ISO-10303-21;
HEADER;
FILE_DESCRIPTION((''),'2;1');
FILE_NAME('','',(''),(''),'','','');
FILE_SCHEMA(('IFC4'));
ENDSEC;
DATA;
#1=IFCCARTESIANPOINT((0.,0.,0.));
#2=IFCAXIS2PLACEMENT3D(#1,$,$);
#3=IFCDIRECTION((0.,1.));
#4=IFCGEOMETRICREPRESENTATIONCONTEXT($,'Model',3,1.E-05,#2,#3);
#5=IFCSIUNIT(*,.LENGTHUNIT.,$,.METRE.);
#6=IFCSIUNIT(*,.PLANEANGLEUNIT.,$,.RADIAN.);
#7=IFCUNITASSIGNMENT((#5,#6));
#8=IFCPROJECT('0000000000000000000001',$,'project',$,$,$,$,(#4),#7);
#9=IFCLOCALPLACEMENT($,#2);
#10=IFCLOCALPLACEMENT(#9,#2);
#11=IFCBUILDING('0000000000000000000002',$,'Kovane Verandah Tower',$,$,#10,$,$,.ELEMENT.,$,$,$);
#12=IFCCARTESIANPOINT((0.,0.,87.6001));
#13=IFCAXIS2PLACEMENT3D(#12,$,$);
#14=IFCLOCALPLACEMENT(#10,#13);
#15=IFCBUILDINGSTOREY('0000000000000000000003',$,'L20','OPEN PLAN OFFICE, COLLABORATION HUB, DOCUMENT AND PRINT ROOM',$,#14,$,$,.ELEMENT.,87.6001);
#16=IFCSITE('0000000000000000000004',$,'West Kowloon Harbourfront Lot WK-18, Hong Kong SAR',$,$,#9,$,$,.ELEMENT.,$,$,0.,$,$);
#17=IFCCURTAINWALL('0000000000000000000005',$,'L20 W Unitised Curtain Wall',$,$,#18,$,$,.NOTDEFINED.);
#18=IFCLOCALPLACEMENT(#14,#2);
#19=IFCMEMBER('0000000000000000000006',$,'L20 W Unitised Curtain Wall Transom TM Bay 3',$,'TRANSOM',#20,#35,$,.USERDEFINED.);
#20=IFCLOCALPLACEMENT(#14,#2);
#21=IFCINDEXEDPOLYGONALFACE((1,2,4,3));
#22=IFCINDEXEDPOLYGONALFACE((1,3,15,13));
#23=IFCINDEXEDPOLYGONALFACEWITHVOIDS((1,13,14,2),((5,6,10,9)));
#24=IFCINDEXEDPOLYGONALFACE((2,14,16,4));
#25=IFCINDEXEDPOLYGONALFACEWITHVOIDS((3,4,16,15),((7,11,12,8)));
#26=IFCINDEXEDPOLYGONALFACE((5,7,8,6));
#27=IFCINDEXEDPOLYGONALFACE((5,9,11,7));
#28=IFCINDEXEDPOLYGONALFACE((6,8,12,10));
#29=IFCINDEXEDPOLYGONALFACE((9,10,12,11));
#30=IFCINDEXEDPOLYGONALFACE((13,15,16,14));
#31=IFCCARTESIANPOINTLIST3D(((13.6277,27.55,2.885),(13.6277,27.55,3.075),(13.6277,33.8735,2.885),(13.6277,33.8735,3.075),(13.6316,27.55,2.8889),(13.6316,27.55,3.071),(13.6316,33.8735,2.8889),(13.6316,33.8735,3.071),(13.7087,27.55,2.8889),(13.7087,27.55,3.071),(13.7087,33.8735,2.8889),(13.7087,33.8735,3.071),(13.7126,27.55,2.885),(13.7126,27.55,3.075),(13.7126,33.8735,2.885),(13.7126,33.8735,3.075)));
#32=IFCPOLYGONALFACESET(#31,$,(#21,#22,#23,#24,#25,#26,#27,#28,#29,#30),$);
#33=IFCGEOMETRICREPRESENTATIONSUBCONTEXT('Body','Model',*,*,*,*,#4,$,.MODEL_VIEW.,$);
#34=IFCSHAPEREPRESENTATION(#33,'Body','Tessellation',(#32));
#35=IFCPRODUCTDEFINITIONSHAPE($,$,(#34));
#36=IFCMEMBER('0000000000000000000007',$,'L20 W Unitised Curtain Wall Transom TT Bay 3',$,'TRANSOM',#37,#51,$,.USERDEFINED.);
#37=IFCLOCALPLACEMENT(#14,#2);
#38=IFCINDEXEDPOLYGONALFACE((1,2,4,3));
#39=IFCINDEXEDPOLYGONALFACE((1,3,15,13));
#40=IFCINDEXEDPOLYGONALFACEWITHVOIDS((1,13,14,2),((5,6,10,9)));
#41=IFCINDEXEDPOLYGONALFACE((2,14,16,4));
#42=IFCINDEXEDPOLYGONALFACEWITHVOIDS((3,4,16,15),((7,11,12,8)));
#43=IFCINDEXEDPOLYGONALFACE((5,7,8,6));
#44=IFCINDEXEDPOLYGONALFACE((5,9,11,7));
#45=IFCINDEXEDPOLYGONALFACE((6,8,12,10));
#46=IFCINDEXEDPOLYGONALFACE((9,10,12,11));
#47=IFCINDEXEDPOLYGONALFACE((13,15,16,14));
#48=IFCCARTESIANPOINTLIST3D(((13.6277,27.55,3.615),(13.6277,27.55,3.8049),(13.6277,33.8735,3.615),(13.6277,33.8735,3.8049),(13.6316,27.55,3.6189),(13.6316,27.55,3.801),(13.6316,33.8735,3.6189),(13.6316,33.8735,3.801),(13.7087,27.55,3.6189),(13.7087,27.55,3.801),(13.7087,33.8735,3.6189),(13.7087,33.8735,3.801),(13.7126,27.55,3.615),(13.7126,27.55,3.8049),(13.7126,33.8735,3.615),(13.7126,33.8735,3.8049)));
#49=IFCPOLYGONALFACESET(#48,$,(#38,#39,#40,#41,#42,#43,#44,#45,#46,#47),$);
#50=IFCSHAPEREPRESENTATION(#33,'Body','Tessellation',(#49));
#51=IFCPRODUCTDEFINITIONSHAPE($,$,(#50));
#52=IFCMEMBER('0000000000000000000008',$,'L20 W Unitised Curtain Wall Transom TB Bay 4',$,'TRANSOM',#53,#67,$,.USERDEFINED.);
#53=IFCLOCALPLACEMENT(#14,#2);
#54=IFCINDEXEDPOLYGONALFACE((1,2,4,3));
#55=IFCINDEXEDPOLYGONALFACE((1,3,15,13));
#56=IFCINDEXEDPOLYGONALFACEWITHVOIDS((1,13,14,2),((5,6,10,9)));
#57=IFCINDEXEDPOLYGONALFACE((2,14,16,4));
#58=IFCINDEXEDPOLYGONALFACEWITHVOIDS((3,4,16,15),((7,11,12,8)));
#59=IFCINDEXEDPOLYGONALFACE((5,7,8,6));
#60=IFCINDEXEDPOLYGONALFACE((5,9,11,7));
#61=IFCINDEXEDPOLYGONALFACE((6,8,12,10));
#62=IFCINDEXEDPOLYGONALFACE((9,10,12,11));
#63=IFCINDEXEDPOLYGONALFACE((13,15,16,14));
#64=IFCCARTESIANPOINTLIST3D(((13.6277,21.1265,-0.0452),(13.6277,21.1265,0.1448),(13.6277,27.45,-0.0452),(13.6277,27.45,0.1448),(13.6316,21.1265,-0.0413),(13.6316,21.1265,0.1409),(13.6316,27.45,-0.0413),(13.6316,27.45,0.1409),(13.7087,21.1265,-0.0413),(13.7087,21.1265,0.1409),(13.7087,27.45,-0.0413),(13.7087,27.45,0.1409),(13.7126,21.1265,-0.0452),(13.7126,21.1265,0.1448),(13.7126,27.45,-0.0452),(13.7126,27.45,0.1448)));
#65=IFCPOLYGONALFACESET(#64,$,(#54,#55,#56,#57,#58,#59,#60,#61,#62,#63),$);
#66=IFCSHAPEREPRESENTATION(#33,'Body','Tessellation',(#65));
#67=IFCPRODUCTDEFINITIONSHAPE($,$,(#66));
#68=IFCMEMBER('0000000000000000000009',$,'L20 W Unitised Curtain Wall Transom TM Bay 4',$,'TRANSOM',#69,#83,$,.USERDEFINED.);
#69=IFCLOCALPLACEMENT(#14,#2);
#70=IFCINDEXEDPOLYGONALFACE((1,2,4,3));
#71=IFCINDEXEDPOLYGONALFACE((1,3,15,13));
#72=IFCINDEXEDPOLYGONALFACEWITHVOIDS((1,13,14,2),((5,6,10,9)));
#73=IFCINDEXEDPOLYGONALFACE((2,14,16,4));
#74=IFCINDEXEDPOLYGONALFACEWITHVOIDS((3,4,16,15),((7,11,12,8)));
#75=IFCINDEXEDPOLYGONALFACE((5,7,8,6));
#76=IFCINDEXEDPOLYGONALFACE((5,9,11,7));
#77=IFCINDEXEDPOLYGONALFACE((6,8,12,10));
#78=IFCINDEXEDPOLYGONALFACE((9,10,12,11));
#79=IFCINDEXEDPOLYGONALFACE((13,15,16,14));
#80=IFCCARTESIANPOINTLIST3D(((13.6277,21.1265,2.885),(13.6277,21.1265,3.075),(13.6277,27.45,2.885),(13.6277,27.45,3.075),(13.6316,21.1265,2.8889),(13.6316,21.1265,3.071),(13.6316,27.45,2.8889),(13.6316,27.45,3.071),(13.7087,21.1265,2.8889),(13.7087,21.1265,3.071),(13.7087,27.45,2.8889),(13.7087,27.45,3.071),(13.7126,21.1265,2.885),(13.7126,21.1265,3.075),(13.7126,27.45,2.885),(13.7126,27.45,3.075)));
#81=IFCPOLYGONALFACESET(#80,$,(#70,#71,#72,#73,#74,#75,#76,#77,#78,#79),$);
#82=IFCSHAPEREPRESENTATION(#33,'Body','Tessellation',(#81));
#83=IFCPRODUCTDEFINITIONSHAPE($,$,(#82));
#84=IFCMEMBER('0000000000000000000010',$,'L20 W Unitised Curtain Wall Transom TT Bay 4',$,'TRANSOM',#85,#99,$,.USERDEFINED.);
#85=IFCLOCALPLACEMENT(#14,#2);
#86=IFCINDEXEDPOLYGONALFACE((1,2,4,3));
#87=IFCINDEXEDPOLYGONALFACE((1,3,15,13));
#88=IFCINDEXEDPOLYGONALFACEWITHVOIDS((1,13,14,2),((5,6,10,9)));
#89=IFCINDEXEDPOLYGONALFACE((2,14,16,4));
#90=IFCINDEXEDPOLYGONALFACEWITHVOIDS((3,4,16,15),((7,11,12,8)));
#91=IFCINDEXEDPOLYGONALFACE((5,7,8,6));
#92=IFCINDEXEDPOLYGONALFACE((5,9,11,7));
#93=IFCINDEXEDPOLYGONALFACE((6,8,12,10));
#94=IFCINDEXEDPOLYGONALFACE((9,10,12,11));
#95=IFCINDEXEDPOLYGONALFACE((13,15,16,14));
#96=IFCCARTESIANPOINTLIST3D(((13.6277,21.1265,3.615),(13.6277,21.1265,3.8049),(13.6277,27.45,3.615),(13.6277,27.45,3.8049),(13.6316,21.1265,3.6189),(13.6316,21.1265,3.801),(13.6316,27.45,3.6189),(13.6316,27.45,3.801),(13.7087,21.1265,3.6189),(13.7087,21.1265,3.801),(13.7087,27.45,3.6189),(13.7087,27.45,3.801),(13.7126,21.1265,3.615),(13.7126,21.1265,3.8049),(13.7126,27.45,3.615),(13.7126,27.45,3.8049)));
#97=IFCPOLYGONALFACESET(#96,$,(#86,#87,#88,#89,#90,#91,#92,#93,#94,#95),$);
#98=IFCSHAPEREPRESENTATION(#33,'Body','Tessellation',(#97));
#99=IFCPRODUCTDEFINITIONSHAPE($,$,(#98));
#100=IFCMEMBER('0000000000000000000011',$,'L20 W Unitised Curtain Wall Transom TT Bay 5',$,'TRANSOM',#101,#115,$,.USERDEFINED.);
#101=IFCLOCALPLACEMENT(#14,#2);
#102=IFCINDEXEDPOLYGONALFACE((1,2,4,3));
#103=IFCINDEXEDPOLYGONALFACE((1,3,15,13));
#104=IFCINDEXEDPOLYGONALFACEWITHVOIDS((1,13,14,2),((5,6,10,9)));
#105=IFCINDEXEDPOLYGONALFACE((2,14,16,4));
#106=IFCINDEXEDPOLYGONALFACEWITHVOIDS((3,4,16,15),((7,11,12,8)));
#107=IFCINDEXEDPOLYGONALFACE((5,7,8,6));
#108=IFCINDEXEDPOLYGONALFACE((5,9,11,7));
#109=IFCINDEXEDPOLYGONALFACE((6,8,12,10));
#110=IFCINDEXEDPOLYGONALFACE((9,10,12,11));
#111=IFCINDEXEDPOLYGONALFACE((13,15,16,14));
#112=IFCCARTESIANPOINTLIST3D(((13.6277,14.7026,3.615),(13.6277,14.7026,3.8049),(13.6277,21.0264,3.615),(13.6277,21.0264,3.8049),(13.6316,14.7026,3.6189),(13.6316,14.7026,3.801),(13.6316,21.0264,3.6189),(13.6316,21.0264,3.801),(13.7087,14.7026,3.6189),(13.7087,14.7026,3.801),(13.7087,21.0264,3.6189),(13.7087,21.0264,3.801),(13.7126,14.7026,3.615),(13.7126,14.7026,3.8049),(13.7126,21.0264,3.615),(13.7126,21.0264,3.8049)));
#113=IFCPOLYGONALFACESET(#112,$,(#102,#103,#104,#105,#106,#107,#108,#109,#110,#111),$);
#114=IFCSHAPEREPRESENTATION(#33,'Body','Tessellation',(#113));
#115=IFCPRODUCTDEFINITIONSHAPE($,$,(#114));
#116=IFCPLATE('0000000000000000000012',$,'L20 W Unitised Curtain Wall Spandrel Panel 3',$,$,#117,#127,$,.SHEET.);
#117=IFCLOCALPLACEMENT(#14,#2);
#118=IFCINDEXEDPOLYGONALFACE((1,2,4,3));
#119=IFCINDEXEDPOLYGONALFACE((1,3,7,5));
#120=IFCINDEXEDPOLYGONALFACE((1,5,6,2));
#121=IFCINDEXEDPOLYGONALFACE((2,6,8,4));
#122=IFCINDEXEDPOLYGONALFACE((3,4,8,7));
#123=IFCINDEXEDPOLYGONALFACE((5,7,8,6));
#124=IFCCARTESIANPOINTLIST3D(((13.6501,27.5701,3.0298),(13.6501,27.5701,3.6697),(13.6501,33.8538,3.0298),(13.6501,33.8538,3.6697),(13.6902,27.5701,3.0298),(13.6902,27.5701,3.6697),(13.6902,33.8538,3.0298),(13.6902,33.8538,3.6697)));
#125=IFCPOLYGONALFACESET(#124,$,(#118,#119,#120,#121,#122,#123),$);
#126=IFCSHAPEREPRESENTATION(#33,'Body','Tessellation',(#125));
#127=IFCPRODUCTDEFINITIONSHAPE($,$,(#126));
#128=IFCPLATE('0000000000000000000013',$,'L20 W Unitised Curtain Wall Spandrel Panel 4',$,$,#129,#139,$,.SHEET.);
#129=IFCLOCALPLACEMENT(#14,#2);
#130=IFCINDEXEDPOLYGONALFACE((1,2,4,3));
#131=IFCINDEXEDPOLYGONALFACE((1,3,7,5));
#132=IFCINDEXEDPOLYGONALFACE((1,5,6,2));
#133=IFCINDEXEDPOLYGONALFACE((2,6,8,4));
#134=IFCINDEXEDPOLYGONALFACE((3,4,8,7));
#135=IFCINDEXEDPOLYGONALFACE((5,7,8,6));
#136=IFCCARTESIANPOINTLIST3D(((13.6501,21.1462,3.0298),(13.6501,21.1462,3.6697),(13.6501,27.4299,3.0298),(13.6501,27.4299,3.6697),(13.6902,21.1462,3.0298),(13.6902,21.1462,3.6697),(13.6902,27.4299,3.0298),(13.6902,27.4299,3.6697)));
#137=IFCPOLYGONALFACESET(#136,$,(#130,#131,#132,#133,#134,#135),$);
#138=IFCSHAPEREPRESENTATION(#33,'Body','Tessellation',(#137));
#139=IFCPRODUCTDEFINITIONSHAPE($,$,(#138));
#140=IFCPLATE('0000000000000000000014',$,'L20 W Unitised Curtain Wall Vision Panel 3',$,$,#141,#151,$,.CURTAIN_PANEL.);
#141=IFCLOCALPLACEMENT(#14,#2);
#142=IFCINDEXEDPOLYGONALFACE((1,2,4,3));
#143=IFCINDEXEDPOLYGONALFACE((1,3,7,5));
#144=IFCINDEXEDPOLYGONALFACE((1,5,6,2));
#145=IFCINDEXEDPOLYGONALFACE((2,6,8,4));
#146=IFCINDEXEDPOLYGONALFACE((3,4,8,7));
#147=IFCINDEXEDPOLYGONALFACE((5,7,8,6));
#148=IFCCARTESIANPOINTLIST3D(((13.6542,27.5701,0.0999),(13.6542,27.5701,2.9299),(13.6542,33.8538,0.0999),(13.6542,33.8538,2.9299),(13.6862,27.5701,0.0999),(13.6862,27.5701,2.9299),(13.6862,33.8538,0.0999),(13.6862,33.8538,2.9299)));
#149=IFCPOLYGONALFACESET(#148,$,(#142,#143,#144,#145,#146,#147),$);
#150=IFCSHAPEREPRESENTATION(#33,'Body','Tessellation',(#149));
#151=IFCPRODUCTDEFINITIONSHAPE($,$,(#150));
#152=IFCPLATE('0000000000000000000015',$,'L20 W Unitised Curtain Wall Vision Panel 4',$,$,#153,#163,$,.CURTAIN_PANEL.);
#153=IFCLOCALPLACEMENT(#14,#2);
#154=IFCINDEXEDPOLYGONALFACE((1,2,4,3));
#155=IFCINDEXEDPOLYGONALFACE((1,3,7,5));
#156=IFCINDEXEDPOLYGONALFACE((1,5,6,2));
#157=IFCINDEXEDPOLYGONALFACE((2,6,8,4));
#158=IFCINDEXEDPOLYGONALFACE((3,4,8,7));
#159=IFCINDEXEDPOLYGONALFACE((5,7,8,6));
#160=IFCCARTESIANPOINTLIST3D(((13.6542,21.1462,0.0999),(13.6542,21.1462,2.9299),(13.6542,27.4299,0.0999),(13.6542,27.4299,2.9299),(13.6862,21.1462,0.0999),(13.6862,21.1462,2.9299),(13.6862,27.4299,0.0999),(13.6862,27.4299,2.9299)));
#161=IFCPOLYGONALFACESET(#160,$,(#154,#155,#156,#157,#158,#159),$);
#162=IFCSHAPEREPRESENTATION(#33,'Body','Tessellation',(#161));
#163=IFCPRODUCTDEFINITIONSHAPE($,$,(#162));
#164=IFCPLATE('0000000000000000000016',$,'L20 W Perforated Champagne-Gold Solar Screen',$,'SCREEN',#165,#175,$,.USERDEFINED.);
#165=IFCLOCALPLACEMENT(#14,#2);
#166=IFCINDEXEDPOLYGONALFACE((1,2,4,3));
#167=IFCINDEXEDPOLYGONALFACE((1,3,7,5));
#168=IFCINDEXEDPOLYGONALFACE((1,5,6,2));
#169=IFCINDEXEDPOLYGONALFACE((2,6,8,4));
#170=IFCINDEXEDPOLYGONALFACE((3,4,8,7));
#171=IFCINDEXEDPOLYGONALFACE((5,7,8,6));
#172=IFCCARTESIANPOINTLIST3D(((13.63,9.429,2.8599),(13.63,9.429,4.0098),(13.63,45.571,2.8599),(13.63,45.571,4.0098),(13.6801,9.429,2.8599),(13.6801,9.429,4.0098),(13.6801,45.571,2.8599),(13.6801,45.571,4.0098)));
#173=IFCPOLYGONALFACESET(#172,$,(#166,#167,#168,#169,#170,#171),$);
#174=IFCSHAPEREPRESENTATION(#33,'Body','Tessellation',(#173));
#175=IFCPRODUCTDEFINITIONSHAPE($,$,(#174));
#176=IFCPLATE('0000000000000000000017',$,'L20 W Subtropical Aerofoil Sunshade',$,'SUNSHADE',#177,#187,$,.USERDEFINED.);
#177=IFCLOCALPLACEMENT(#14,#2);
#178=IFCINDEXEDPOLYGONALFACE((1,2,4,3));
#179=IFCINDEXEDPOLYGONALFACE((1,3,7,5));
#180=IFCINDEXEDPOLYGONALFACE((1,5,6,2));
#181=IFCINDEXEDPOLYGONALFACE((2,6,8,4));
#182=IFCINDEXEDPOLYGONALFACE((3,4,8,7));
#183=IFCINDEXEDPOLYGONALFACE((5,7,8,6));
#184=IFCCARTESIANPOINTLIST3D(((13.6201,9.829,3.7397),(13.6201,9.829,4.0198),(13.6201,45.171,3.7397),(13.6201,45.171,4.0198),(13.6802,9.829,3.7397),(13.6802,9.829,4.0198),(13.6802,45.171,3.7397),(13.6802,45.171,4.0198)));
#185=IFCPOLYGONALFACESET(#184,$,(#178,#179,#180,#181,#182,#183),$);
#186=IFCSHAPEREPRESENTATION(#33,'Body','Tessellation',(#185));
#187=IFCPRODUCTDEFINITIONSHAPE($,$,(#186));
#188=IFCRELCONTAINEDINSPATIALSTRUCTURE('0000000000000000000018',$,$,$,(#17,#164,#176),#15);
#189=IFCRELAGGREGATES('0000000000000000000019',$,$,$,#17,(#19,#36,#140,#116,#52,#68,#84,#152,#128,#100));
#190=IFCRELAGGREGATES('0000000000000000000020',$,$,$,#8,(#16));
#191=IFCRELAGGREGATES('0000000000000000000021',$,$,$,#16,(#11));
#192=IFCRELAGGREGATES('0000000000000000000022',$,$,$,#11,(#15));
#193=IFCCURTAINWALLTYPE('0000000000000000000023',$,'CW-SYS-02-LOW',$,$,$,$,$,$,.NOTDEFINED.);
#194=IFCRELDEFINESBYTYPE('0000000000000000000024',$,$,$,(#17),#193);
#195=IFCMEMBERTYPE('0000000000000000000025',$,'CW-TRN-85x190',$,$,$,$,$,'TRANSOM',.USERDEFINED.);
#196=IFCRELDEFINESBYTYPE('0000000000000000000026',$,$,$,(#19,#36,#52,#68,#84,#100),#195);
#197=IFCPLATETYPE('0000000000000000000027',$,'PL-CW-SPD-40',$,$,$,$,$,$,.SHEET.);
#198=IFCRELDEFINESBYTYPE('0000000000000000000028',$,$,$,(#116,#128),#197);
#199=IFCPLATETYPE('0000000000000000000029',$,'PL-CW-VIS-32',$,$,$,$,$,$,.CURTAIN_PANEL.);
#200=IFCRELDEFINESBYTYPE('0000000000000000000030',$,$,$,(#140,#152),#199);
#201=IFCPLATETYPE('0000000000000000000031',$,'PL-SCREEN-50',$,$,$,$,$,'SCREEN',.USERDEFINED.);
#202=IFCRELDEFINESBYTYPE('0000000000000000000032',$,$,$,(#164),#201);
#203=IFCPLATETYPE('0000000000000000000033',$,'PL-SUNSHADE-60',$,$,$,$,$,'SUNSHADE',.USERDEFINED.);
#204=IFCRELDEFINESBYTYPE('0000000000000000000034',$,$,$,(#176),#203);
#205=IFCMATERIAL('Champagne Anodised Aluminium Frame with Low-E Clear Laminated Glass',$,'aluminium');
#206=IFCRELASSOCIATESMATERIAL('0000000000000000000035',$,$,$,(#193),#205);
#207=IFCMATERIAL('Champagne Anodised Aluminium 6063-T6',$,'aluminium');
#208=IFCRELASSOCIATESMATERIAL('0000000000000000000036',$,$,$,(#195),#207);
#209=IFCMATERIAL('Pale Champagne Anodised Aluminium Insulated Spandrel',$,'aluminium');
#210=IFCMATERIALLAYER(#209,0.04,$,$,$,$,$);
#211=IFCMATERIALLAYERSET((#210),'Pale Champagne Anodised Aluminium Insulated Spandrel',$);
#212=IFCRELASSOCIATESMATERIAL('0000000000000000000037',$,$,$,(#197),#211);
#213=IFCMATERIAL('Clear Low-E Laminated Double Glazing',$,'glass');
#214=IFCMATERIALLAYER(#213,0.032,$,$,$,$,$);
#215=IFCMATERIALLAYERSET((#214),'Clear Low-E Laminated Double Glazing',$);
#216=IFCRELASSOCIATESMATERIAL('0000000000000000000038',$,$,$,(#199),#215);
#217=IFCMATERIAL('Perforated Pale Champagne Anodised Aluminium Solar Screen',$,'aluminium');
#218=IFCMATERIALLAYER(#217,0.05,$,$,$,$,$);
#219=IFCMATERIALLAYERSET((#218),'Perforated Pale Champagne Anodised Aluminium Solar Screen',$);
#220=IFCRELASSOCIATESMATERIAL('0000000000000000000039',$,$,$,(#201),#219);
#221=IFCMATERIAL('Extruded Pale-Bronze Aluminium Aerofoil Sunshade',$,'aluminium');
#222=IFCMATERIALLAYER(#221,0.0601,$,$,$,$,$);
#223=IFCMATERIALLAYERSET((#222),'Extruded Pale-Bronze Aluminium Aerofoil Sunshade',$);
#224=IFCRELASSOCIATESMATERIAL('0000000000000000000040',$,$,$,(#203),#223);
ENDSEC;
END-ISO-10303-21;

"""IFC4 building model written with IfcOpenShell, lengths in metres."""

from ifc_helpers import new_model, si_unit, direction, frame, origin, origin_2d, place, context, subcontext, project, spatial, rectangle, hollow_rectangle, extrude, material, layer, layer_set, material_profile, profile_set, type_object, element, aggregate, save


model = new_model("IFC4")

# Units and contexts
model_context = context("Model", 3, precision=1e-05, world=origin(), true_north=direction((0.0, 1.0)))
body_context = subcontext(model_context, "Body", "Model", "MODEL_VIEW")
ifc_project = project(units=[si_unit("LENGTHUNIT", "METRE"), si_unit("PLANEANGLEUNIT", "RADIAN")], contexts=[model_context])

# Site, building, storey
site_placement = place(None, origin())
site = spatial("IfcSite", under=ifc_project, at=site_placement, Name="West Kowloon Harbourfront Lot WK-18, Hong Kong SAR", CompositionType="ELEMENT", RefElevation=0.0)
building_placement = place(site_placement, origin())
building = spatial("IfcBuilding", under=site, at=building_placement, Name="Kovane Verandah Tower", CompositionType="ELEMENT")
storey_placement = place(building_placement, frame((0.0, 0.0, 87.6001)))
storey = spatial("IfcBuildingStorey", under=building, at=storey_placement, Name="L20", Description="OPEN PLAN OFFICE, COLLABORATION HUB, DOCUMENT AND PRINT ROOM", CompositionType="ELEMENT", Elevation=87.6001)

# Curtain wall, members, plates
ifc_material_1 = material(Name="Champagne Anodised Aluminium Frame with Low-E Clear Laminated Glass", Category="aluminium")
curtain_wall_type = type_object("IfcCurtainWallType", Name="CW-SYS-02-LOW", PredefinedType="NOTDEFINED", material=ifc_material_1)
curtain_wall_placement = place(storey_placement, origin())
curtain_wall = element("IfcCurtainWall", 1, at=curtain_wall_placement, inside=storey, type_object=curtain_wall_type, Name="L20 W Unitised Curtain Wall", PredefinedType="NOTDEFINED")
ifc_material_2 = material(Name="Champagne Anodised Aluminium 6063-T6", Category="aluminium")
ifc_material_profile_1 = material_profile(ifc_material_2, hollow_rectangle(XDim=0.085, YDim=0.1899, WallThickness=0.0039, at=origin_2d()), Name="AL85x190x4")
ifc_profile_set_1 = profile_set([ifc_material_profile_1], Name="Champagne Anodised Aluminium 6063-T6")
member_type_1 = type_object("IfcMemberType", Name="CW-TRN-85x190", ElementType="TRANSOM", PredefinedType="USERDEFINED", material=ifc_profile_set_1)
member_1_placement = place(storey_placement, frame((13.6702, 33.8735, 2.98), z_axis=(0.0, -1.0, 0.0), x_axis=(1.0, 0.0, 0.0)))
member_1 = element("IfcMember", 2, at=member_1_placement, type_object=member_type_1, Name="L20 W Unitised Curtain Wall Transom TM Bay 3", ObjectType="TRANSOM", PredefinedType="USERDEFINED", context=body_context, shape_type="SweptSolid", body=[
    extrude(hollow_rectangle(XDim=0.085, YDim=0.1899, WallThickness=0.0039, at=origin_2d()), origin(), (0.0, 0.0, 1.0), 6.3235),
])
member_2_placement = place(storey_placement, frame((13.6702, 33.8735, 3.71), z_axis=(0.0, -1.0, 0.0), x_axis=(1.0, 0.0, 0.0)))
member_2 = element("IfcMember", 3, at=member_2_placement, type_object=member_type_1, Name="L20 W Unitised Curtain Wall Transom TT Bay 3", ObjectType="TRANSOM", PredefinedType="USERDEFINED", context=body_context, shape_type="SweptSolid", body=[
    extrude(hollow_rectangle(XDim=0.085, YDim=0.1899, WallThickness=0.0039, at=origin_2d()), origin(), (0.0, 0.0, 1.0), 6.3235),
])
member_3_placement = place(storey_placement, frame((13.6702, 27.45, 0.0498), z_axis=(0.0, -1.0, 0.0), x_axis=(1.0, 0.0, 0.0)))
member_3 = element("IfcMember", 4, at=member_3_placement, type_object=member_type_1, Name="L20 W Unitised Curtain Wall Transom TB Bay 4", ObjectType="TRANSOM", PredefinedType="USERDEFINED", context=body_context, shape_type="SweptSolid", body=[
    extrude(hollow_rectangle(XDim=0.085, YDim=0.1899, WallThickness=0.0039, at=origin_2d()), origin(), (0.0, 0.0, 1.0), 6.3235),
])
member_4_placement = place(storey_placement, frame((13.6702, 27.45, 2.98), z_axis=(0.0, -1.0, 0.0), x_axis=(1.0, 0.0, 0.0)))
member_4 = element("IfcMember", 5, at=member_4_placement, type_object=member_type_1, Name="L20 W Unitised Curtain Wall Transom TM Bay 4", ObjectType="TRANSOM", PredefinedType="USERDEFINED", context=body_context, shape_type="SweptSolid", body=[
    extrude(hollow_rectangle(XDim=0.085, YDim=0.1899, WallThickness=0.0039, at=origin_2d()), origin(), (0.0, 0.0, 1.0), 6.3235),
])
member_5_placement = place(storey_placement, frame((13.6702, 27.45, 3.71), z_axis=(0.0, -1.0, 0.0), x_axis=(1.0, 0.0, 0.0)))
member_5 = element("IfcMember", 6, at=member_5_placement, type_object=member_type_1, Name="L20 W Unitised Curtain Wall Transom TT Bay 4", ObjectType="TRANSOM", PredefinedType="USERDEFINED", context=body_context, shape_type="SweptSolid", body=[
    extrude(hollow_rectangle(XDim=0.085, YDim=0.1899, WallThickness=0.0039, at=origin_2d()), origin(), (0.0, 0.0, 1.0), 6.3235),
])
member_6_placement = place(storey_placement, frame((13.6702, 21.0264, 3.71), z_axis=(0.0, -1.0, 0.0), x_axis=(1.0, 0.0, 0.0)))
member_6 = element("IfcMember", 7, at=member_6_placement, type_object=member_type_1, Name="L20 W Unitised Curtain Wall Transom TT Bay 5", ObjectType="TRANSOM", PredefinedType="USERDEFINED", context=body_context, shape_type="SweptSolid", body=[
    extrude(hollow_rectangle(XDim=0.085, YDim=0.1899, WallThickness=0.0039, at=origin_2d()), origin(), (0.0, 0.0, 1.0), 6.3237),
])
ifc_material_3 = material(Name="Pale Champagne Anodised Aluminium Insulated Spandrel", Category="aluminium")
ifc_layer_1 = layer(ifc_material_3, 0.04)
ifc_layer_set_1 = layer_set([ifc_layer_1], Name="Pale Champagne Anodised Aluminium Insulated Spandrel")
plate_type_1 = type_object("IfcPlateType", Name="PL-CW-SPD-40", PredefinedType="SHEET", material=ifc_layer_set_1)
plate_1_placement = place(storey_placement, frame((13.6702, 30.7119, 3.0298), z_axis=(0.0, 0.0, 1.0), x_axis=(0.0, -1.0, 0.0)))
plate_1 = element("IfcPlate", 8, at=plate_1_placement, type_object=plate_type_1, Name="L20 W Unitised Curtain Wall Spandrel Panel 3", PredefinedType="SHEET", context=body_context, shape_type="SweptSolid", body=[
    extrude(rectangle(XDim=6.2837, YDim=0.04, at=origin_2d()), origin(), (0.0, 0.0, 1.0), 0.6399),
])
plate_2_placement = place(storey_placement, frame((13.6702, 24.2881, 3.0298), z_axis=(0.0, 0.0, 1.0), x_axis=(0.0, -1.0, 0.0)))
plate_2 = element("IfcPlate", 9, at=plate_2_placement, type_object=plate_type_1, Name="L20 W Unitised Curtain Wall Spandrel Panel 4", PredefinedType="SHEET", context=body_context, shape_type="SweptSolid", body=[
    extrude(rectangle(XDim=6.2837, YDim=0.04, at=origin_2d()), origin(), (0.0, 0.0, 1.0), 0.6399),
])
ifc_material_4 = material(Name="Clear Low-E Laminated Double Glazing", Category="glass")
ifc_layer_2 = layer(ifc_material_4, 0.032)
ifc_layer_set_2 = layer_set([ifc_layer_2], Name="Clear Low-E Laminated Double Glazing")
plate_type_2 = type_object("IfcPlateType", Name="PL-CW-VIS-32", PredefinedType="CURTAIN_PANEL", material=ifc_layer_set_2)
plate_3_placement = place(storey_placement, frame((13.6702, 30.7119, 0.0999), z_axis=(0.0, 0.0, 1.0), x_axis=(0.0, -1.0, 0.0)))
plate_3 = element("IfcPlate", 10, at=plate_3_placement, type_object=plate_type_2, Name="L20 W Unitised Curtain Wall Vision Panel 3", PredefinedType="CURTAIN_PANEL", context=body_context, shape_type="SweptSolid", body=[
    extrude(rectangle(XDim=6.2837, YDim=0.032, at=origin_2d()), origin(), (0.0, 0.0, 1.0), 2.8301),
])
plate_4_placement = place(storey_placement, frame((13.6702, 24.2881, 0.0999), z_axis=(0.0, 0.0, 1.0), x_axis=(0.0, -1.0, 0.0)))
plate_4 = element("IfcPlate", 11, at=plate_4_placement, type_object=plate_type_2, Name="L20 W Unitised Curtain Wall Vision Panel 4", PredefinedType="CURTAIN_PANEL", context=body_context, shape_type="SweptSolid", body=[
    extrude(rectangle(XDim=6.2837, YDim=0.032, at=origin_2d()), origin(), (0.0, 0.0, 1.0), 2.8301),
])
aggregate(curtain_wall, [member_1, member_2, plate_3, plate_1, member_3, member_4, member_5, plate_4, plate_2, member_6])

# Plates
ifc_material_5 = material(Name="Perforated Pale Champagne Anodised Aluminium Solar Screen", Category="aluminium")
ifc_layer_3 = layer(ifc_material_5, 0.05)
ifc_layer_set_3 = layer_set([ifc_layer_3], Name="Perforated Pale Champagne Anodised Aluminium Solar Screen")
plate_type_3 = type_object("IfcPlateType", Name="PL-SCREEN-50", ElementType="SCREEN", PredefinedType="USERDEFINED", material=ifc_layer_set_3)
plate_5_placement = place(storey_placement, frame((13.655, 27.5, 2.8599), z_axis=(0.0, 0.0, 1.0), x_axis=(0.0, -1.0, 0.0)))
element("IfcPlate", 12, at=plate_5_placement, inside=storey, type_object=plate_type_3, Name="L20 W Perforated Champagne-Gold Solar Screen", ObjectType="SCREEN", PredefinedType="USERDEFINED", context=body_context, shape_type="SweptSolid", body=[
    extrude(rectangle(XDim=36.1421, YDim=0.05, at=origin_2d()), origin(), (0.0, 0.0, 1.0), 1.1499),
])
ifc_material_6 = material(Name="Extruded Pale-Bronze Aluminium Aerofoil Sunshade", Category="aluminium")
ifc_layer_4 = layer(ifc_material_6, 0.0601)
ifc_layer_set_4 = layer_set([ifc_layer_4], Name="Extruded Pale-Bronze Aluminium Aerofoil Sunshade")
plate_type_4 = type_object("IfcPlateType", Name="PL-SUNSHADE-60", ElementType="SUNSHADE", PredefinedType="USERDEFINED", material=ifc_layer_set_4)
plate_6_placement = place(storey_placement, frame((13.6501, 27.5, 3.7397), z_axis=(0.0, 0.0, 1.0), x_axis=(0.0, -1.0, 0.0)))
element("IfcPlate", 13, at=plate_6_placement, inside=storey, type_object=plate_type_4, Name="L20 W Subtropical Aerofoil Sunshade", ObjectType="SUNSHADE", PredefinedType="USERDEFINED", context=body_context, shape_type="SweptSolid", body=[
    extrude(rectangle(XDim=35.342, YDim=0.0601, at=origin_2d()), origin(), (0.0, 0.0, 1.0), 0.28),
])

save(model, "model.ifc")
